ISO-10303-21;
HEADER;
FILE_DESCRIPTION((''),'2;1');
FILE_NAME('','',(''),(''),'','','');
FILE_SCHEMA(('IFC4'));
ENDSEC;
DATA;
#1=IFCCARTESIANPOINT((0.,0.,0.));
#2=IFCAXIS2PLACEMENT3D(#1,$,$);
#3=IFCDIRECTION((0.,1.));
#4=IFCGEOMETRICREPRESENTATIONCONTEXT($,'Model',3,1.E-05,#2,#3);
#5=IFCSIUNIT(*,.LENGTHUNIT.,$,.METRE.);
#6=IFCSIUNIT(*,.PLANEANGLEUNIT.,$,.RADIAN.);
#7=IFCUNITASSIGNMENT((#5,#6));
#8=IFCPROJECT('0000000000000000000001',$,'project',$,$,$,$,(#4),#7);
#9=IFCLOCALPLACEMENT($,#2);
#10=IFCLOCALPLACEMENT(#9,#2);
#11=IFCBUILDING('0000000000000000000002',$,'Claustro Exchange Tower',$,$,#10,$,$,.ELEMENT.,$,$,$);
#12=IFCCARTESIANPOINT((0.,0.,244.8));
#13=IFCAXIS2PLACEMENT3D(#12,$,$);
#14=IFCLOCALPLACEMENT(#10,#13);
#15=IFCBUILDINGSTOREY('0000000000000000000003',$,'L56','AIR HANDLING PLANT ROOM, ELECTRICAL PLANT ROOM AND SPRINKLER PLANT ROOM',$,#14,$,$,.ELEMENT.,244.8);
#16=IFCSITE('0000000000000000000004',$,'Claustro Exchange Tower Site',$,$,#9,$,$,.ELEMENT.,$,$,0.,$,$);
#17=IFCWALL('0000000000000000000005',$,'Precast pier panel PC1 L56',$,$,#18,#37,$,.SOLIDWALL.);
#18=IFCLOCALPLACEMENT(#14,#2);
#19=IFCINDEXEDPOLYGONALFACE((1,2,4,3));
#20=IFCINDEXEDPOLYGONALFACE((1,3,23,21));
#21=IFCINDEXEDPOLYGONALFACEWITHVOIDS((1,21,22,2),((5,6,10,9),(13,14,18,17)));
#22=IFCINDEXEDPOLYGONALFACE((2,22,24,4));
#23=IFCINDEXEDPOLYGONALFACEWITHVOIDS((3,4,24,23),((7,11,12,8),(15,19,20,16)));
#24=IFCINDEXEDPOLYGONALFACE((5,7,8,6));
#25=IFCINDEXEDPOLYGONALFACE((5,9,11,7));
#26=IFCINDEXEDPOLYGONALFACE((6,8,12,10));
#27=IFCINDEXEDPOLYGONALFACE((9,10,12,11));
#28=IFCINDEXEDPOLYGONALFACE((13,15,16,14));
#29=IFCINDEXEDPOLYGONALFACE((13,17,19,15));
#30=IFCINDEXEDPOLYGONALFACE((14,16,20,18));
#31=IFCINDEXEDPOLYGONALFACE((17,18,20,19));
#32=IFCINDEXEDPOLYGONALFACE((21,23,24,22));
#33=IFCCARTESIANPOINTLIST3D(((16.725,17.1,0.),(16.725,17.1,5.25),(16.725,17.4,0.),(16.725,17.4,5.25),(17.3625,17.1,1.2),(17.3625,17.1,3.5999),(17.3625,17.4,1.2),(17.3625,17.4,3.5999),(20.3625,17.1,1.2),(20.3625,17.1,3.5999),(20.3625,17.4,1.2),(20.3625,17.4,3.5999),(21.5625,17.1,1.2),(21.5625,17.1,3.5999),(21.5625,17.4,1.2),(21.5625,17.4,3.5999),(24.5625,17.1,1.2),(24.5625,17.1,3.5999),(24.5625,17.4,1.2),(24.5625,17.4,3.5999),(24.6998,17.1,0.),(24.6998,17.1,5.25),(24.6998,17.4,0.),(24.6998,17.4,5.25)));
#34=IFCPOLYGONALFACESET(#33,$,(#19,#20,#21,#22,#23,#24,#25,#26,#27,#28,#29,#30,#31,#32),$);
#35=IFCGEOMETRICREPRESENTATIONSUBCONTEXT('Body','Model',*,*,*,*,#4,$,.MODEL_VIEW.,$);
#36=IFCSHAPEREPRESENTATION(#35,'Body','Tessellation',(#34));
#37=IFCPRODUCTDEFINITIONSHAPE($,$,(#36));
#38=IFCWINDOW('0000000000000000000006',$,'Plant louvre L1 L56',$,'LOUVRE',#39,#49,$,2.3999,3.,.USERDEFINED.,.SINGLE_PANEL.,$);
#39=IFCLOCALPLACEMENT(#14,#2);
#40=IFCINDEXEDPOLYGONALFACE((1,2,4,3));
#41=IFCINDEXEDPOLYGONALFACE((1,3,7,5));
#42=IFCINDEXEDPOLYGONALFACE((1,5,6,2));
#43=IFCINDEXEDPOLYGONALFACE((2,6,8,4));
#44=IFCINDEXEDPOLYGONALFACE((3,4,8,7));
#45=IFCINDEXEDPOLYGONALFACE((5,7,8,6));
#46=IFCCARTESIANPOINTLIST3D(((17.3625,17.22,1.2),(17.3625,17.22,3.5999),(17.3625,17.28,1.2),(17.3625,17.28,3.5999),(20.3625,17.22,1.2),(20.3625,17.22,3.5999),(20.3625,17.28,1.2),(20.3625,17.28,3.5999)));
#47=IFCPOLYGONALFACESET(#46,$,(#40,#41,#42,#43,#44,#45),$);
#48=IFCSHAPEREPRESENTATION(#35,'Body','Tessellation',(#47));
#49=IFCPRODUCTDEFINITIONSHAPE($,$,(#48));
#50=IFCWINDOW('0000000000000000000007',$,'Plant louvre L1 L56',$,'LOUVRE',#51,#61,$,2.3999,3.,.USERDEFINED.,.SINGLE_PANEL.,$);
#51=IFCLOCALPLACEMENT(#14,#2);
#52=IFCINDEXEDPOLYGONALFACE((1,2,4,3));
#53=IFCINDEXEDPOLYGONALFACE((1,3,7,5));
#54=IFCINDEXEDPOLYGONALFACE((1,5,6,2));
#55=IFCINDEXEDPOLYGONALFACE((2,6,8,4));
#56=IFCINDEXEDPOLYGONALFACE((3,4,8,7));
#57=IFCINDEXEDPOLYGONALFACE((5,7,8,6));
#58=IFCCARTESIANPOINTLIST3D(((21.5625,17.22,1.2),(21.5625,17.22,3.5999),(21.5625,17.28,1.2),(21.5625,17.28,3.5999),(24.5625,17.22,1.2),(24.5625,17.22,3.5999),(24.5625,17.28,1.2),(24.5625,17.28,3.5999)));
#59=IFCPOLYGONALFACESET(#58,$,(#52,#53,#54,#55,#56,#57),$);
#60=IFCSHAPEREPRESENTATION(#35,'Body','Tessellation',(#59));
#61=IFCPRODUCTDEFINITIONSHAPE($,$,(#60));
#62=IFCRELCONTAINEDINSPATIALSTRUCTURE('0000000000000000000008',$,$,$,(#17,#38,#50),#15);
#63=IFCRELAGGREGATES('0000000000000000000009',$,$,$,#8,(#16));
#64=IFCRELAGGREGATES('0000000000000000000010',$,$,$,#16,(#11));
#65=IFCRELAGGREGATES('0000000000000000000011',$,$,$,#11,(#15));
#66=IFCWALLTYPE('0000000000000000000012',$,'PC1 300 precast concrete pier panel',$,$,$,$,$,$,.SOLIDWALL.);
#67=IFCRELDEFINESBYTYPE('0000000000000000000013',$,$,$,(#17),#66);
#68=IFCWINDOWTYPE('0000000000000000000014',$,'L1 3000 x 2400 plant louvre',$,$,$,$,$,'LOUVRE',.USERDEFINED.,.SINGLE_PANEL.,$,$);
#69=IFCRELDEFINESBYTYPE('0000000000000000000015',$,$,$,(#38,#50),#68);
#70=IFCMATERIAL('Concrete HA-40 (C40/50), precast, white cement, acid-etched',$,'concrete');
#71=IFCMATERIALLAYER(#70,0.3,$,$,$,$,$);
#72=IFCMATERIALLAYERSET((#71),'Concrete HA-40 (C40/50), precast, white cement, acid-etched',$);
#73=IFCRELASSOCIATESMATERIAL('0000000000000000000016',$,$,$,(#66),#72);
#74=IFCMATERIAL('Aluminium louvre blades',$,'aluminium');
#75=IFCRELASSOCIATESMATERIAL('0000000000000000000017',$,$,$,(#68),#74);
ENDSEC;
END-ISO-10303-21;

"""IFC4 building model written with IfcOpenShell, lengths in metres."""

from ifc_helpers import new_model, si_unit, direction, frame, frame_2d, origin, place, context, subcontext, project, spatial, rectangle, extrude, material, layer, layer_set, type_object, element, fill, save


model = new_model("IFC4")

# Units and contexts
model_context = context("Model", 3, precision=1e-05, world=origin(), true_north=direction((0.0, 1.0)))
body_context = subcontext(model_context, "Body", "Model", "MODEL_VIEW")
ifc_project = project(units=[si_unit("LENGTHUNIT", "METRE"), si_unit("PLANEANGLEUNIT", "RADIAN")], contexts=[model_context])

# Site, building, storey
site_placement = place(None, origin())
site = spatial("IfcSite", under=ifc_project, at=site_placement, Name="Claustro Exchange Tower Site", CompositionType="ELEMENT", RefElevation=0.0)
building_placement = place(site_placement, origin())
building = spatial("IfcBuilding", under=site, at=building_placement, Name="Claustro Exchange Tower", CompositionType="ELEMENT")
storey_placement = place(building_placement, frame((0.0, 0.0, 244.8)))
storey = spatial("IfcBuildingStorey", under=building, at=storey_placement, Name="L56", Description="AIR HANDLING PLANT ROOM, ELECTRICAL PLANT ROOM AND SPRINKLER PLANT ROOM", CompositionType="ELEMENT", Elevation=244.8)

# Shared definitions
ifc_material_1 = material(Name="Concrete HA-40 (C40/50), precast, white cement, acid-etched", Category="concrete")
ifc_layer_1 = layer(ifc_material_1, 0.3)
ifc_layer_set_1 = layer_set([ifc_layer_1], Name="Concrete HA-40 (C40/50), precast, white cement, acid-etched")
wall_type_1 = type_object("IfcWallType", Name="PC1 300 precast concrete pier panel", PredefinedType="SOLIDWALL", material=ifc_layer_set_1)

# Wall, openings, windows
ifc_material_2 = material(Name="Aluminium louvre blades", Category="aluminium")
window_type = type_object("IfcWindowType", Name="L1 3000 x 2400 plant louvre", ElementType="LOUVRE", PartitioningType="SINGLE_PANEL", PredefinedType="USERDEFINED", material=ifc_material_2)
wall_1_placement = place(storey_placement, frame((16.7251, 17.25, 0.0), z_axis=(0.0, 0.0, 1.0), x_axis=(1.0, 0.0, 0.0)))
wall_1 = element("IfcWall", 1, at=wall_1_placement, inside=storey, type_object=wall_type_1, Name="Precast pier panel PC1 L56", PredefinedType="SOLIDWALL", context=body_context, shape_type="SweptSolid", body=[
    extrude(rectangle(XDim=7.9749, YDim=0.3, at=frame_2d((3.9873, 0.0))), origin(), (0.0, 0.0, 1.0), 5.25),
])
opening_1_placement = place(wall_1_placement, frame((0.6375, 0.0, 1.2)))
opening_1 = element("IfcOpeningElement", 2, at=opening_1_placement, cuts=wall_1, PredefinedType="OPENING", context=body_context, shape_type="SweptSolid", body=[
    extrude(rectangle(XDim=3.0, YDim=2.3999, at=frame_2d((1.5, 1.2))), frame((0.0, 0.1599, 0.0), z_axis=(0.0, -1.0, 0.0), x_axis=(1.0, 0.0, 0.0)), (0.0, 0.0, 1.0), 0.3201),
])
opening_2_placement = place(wall_1_placement, frame((4.8374, 0.0, 1.2)))
opening_2 = element("IfcOpeningElement", 3, at=opening_2_placement, cuts=wall_1, PredefinedType="OPENING", context=body_context, shape_type="SweptSolid", body=[
    extrude(rectangle(XDim=3.0, YDim=2.3999, at=frame_2d((1.5, 1.2))), frame((0.0, 0.1599, 0.0), z_axis=(0.0, -1.0, 0.0), x_axis=(1.0, 0.0, 0.0)), (0.0, 0.0, 1.0), 0.3201),
])
window_1_placement = place(opening_1_placement, origin())
window_1 = element("IfcWindow", 4, at=window_1_placement, inside=storey, type_object=window_type, Name="Plant louvre L1 L56", ObjectType="LOUVRE", OverallHeight=2.3999, OverallWidth=3.0, PartitioningType="SINGLE_PANEL", PredefinedType="USERDEFINED", context=body_context, shape_type="SweptSolid", body=[
    extrude(rectangle(XDim=3.0, YDim=2.3999, at=frame_2d((1.5, 1.2))), frame((0.0, 0.03, 0.0), z_axis=(0.0, -1.0, 0.0), x_axis=(1.0, 0.0, 0.0)), (0.0, 0.0, 1.0), 0.0601),
])
fill(opening_1, window_1)
window_2_placement = place(opening_2_placement, origin())
window_2 = element("IfcWindow", 5, at=window_2_placement, inside=storey, type_object=window_type, Name="Plant louvre L1 L56", ObjectType="LOUVRE", OverallHeight=2.3999, OverallWidth=3.0, PartitioningType="SINGLE_PANEL", PredefinedType="USERDEFINED", context=body_context, shape_type="SweptSolid", body=[
    extrude(rectangle(XDim=3.0, YDim=2.3999, at=frame_2d((1.5, 1.2))), frame((0.0, 0.03, 0.0), z_axis=(0.0, -1.0, 0.0), x_axis=(1.0, 0.0, 0.0)), (0.0, 0.0, 1.0), 0.0601),
])
fill(opening_2, window_2)

save(model, "model.ifc")
